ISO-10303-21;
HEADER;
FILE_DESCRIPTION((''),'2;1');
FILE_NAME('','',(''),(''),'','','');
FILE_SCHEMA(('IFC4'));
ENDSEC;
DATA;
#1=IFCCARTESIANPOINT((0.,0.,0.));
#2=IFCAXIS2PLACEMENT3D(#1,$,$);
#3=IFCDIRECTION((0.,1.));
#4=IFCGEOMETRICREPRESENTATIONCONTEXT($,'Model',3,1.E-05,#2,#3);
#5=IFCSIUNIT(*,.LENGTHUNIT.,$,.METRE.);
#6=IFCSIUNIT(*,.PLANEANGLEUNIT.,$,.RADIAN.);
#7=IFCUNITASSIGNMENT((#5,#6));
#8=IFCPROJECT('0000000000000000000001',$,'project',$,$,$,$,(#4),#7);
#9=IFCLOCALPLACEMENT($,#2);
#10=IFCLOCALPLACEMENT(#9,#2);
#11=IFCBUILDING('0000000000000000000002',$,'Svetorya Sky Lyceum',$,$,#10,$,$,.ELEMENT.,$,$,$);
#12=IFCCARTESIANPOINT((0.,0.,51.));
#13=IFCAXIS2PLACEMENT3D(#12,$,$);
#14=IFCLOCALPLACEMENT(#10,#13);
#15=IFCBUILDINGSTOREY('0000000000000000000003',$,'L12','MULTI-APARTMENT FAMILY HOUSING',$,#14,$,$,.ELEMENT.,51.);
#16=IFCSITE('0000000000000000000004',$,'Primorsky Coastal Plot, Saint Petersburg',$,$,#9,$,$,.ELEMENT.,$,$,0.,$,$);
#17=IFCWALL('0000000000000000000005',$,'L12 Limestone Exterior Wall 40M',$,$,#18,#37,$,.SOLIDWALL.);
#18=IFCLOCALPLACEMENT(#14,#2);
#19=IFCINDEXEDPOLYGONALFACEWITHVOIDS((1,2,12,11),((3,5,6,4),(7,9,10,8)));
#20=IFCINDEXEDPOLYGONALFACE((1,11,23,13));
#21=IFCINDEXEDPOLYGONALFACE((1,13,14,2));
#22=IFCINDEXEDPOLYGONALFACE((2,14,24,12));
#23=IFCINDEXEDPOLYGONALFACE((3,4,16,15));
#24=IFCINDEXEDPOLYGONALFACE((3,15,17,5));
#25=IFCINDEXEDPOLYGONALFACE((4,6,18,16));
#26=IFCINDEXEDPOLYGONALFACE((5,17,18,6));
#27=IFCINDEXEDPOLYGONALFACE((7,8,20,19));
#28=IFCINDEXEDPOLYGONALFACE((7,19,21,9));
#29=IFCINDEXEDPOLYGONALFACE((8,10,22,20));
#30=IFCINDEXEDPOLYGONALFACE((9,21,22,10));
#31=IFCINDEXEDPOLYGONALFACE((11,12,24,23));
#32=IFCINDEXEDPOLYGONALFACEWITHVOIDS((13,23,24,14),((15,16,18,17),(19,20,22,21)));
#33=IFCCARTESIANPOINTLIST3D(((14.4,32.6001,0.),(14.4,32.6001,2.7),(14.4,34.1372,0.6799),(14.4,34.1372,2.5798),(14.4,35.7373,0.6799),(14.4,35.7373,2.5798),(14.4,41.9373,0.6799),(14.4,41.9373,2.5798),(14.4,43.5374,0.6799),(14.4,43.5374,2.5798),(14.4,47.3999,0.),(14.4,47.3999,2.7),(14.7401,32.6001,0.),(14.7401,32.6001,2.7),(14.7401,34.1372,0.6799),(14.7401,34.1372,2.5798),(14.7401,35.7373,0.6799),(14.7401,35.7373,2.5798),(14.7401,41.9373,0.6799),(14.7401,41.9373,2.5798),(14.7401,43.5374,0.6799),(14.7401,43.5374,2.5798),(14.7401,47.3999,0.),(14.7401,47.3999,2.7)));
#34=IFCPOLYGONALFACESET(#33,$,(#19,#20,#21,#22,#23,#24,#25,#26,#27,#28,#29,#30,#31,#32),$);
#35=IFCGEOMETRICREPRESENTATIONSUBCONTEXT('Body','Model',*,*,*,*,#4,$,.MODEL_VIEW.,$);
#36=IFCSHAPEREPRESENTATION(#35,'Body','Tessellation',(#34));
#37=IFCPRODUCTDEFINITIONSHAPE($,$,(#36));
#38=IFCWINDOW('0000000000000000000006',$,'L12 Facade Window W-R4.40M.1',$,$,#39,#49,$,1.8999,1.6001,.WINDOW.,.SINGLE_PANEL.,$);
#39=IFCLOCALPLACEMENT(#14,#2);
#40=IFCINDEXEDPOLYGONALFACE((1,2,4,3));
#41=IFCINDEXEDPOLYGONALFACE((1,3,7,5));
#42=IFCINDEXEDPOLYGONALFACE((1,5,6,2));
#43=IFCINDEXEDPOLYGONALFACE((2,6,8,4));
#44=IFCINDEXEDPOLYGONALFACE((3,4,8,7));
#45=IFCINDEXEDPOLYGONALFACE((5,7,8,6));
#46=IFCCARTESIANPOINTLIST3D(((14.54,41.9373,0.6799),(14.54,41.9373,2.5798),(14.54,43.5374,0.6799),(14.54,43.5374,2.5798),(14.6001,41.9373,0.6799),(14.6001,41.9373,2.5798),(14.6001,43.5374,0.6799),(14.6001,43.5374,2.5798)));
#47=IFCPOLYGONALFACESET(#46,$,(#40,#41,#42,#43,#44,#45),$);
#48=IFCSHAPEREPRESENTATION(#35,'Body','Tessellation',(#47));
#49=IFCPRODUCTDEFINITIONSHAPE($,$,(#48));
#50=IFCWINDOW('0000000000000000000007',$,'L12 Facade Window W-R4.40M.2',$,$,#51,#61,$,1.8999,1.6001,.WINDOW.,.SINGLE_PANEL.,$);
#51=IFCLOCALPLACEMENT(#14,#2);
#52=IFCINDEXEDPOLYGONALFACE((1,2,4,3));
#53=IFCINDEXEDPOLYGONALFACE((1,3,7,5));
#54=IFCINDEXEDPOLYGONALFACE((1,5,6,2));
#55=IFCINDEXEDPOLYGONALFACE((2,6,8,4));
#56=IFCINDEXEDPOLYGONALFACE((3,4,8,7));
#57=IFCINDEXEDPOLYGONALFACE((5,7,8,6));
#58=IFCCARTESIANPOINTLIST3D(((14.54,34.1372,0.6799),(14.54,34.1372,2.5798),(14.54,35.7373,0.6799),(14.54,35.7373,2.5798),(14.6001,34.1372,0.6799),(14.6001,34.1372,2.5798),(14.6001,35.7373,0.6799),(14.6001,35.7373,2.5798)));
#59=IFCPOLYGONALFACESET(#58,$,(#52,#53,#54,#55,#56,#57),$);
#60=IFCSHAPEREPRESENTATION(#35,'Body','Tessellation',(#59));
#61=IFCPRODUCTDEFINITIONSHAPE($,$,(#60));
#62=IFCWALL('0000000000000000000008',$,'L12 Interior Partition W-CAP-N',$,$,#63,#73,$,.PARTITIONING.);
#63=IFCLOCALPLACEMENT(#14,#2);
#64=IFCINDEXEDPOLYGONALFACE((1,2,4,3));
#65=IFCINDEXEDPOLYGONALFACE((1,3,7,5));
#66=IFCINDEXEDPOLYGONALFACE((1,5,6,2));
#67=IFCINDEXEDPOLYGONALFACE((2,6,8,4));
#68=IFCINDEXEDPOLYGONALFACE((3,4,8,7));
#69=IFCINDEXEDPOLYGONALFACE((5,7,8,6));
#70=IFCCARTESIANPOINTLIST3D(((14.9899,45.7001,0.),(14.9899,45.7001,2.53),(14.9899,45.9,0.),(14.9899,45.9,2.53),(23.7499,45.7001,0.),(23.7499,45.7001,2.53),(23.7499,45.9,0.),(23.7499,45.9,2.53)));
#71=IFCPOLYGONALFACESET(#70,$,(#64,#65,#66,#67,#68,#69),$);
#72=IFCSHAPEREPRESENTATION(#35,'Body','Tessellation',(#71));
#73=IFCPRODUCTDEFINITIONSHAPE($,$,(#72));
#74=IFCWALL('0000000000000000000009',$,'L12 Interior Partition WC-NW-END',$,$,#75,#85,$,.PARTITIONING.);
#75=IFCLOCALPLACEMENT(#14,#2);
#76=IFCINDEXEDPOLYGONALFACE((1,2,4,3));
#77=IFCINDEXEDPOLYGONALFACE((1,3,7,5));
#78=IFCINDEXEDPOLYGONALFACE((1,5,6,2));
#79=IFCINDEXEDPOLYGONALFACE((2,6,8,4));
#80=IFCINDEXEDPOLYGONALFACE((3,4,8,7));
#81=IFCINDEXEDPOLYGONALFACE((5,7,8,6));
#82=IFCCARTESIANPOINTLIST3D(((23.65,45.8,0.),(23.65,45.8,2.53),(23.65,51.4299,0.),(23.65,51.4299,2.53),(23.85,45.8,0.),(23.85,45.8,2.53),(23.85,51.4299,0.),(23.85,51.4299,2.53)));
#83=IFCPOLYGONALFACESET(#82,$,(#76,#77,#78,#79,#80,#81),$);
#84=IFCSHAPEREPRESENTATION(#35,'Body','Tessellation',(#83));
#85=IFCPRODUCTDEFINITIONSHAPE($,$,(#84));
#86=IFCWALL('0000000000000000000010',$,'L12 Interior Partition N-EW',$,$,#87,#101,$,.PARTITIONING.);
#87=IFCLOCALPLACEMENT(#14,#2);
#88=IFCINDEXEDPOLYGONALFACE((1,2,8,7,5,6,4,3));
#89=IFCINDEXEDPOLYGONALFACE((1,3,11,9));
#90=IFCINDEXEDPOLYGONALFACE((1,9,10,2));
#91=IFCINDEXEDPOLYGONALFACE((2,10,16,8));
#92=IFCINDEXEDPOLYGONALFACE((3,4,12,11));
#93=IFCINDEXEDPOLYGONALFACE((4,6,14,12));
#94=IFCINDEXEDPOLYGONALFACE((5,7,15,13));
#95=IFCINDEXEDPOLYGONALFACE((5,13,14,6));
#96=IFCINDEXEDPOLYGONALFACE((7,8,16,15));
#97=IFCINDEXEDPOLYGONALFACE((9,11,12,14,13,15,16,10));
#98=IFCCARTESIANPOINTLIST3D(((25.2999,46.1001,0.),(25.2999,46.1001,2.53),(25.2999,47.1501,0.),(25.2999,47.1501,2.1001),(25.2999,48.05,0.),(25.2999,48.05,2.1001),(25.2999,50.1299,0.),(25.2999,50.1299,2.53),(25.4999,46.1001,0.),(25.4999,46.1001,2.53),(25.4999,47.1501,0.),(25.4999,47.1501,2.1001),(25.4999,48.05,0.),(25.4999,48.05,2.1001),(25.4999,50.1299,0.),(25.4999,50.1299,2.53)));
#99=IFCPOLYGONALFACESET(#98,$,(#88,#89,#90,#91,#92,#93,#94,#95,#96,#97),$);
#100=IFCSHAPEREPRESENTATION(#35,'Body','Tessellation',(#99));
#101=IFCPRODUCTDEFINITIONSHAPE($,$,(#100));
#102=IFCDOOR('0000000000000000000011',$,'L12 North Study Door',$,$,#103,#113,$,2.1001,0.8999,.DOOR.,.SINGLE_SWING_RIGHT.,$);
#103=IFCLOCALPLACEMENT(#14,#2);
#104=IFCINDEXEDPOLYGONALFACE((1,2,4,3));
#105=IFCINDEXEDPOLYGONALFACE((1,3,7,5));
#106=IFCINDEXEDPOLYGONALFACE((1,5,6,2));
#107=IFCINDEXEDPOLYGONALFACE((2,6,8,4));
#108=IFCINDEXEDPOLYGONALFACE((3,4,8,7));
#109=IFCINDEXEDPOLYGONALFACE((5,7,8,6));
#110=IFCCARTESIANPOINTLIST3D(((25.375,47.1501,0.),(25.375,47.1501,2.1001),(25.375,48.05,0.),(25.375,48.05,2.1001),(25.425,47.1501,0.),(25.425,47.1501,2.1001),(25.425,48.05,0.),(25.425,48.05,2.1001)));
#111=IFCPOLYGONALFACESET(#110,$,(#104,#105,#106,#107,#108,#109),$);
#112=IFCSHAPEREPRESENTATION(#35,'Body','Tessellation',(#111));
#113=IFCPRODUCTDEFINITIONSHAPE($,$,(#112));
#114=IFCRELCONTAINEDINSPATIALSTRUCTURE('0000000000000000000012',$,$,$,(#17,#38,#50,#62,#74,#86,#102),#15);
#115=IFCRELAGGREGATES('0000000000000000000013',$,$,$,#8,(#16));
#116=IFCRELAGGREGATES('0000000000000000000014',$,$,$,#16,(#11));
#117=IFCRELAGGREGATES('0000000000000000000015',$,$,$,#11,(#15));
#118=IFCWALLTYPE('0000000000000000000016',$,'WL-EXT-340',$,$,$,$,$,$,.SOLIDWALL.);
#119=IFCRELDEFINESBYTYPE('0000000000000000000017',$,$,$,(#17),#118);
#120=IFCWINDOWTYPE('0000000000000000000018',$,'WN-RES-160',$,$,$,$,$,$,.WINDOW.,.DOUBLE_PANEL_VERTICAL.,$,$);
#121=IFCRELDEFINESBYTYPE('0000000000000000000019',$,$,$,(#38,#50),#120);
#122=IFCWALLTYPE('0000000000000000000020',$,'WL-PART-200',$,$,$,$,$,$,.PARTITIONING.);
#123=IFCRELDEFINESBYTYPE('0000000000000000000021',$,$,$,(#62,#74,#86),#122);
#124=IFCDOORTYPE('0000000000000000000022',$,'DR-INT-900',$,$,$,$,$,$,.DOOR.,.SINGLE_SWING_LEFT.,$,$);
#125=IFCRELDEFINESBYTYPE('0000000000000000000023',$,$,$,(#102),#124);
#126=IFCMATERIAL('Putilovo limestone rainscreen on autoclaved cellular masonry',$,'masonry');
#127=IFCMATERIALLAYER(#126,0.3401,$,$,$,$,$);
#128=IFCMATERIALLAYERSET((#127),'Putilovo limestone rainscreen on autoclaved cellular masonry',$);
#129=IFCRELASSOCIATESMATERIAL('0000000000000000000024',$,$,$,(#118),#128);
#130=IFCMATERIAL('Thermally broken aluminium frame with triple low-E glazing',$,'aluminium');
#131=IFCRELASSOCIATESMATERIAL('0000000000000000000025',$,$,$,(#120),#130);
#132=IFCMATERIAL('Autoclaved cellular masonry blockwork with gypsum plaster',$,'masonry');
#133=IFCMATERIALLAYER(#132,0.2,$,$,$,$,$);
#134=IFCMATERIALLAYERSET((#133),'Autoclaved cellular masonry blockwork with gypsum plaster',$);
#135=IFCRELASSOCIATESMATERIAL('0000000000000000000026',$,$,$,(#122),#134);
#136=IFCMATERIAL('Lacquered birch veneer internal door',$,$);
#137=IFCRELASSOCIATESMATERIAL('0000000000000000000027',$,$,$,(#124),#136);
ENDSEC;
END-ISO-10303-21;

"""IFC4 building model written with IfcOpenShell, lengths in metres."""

from ifc_helpers import new_model, si_unit, direction, frame, frame_2d, origin, place, context, subcontext, project, spatial, rectangle, extrude, material, layer, layer_set, type_object, element, fill, save


model = new_model("IFC4")

# Units and contexts
model_context = context("Model", 3, precision=1e-05, world=origin(), true_north=direction((0.0, 1.0)))
body_context = subcontext(model_context, "Body", "Model", "MODEL_VIEW")
ifc_project = project(units=[si_unit("LENGTHUNIT", "METRE"), si_unit("PLANEANGLEUNIT", "RADIAN")], contexts=[model_context])

# Site, building, storey
site_placement = place(None, origin())
site = spatial("IfcSite", under=ifc_project, at=site_placement, Name="Primorsky Coastal Plot, Saint Petersburg", CompositionType="ELEMENT", RefElevation=0.0)
building_placement = place(site_placement, origin())
building = spatial("IfcBuilding", under=site, at=building_placement, Name="Svetorya Sky Lyceum", CompositionType="ELEMENT")
storey_placement = place(building_placement, frame((0.0, 0.0, 51.0)))
storey = spatial("IfcBuildingStorey", under=building, at=storey_placement, Name="L12", Description="MULTI-APARTMENT FAMILY HOUSING", CompositionType="ELEMENT", Elevation=51.0)

# Shared definitions
ifc_material_1 = material(Name="Putilovo limestone rainscreen on autoclaved cellular masonry", Category="masonry")
ifc_layer_1 = layer(ifc_material_1, 0.3401)
ifc_layer_set_1 = layer_set([ifc_layer_1], Name="Putilovo limestone rainscreen on autoclaved cellular masonry")
wall_type_1 = type_object("IfcWallType", Name="WL-EXT-340", PredefinedType="SOLIDWALL", material=ifc_layer_set_1)

# Wall, openings, windows
wall_1_placement = place(storey_placement, frame((14.5701, 47.3999, 0.0), z_axis=(0.0, 0.0, 1.0), x_axis=(0.0, -1.0, 0.0)))
wall_1 = element("IfcWall", 1, at=wall_1_placement, inside=storey, type_object=wall_type_1, Name="L12 Limestone Exterior Wall 40M", PredefinedType="SOLIDWALL", context=body_context, shape_type="SweptSolid", body=[
    extrude(rectangle(XDim=14.7998, YDim=0.3401, at=frame_2d((7.3999, 0.0))), origin(), (0.0, 0.0, 1.0), 2.7),
])
opening_1_placement = place(wall_1_placement, frame((3.8625, 0.0, 0.6799)))
opening_1 = element("IfcOpeningElement", 2, at=opening_1_placement, cuts=wall_1, PredefinedType="OPENING", context=body_context, shape_type="SweptSolid", body=[
    extrude(rectangle(XDim=1.6001, YDim=1.8999, at=frame_2d((0.8, 0.95))), frame((0.0, 0.1799, 0.0), z_axis=(0.0, -1.0, 0.0), x_axis=(1.0, 0.0, 0.0)), (0.0, 0.0, 1.0), 0.3601),
])
opening_2_placement = place(wall_1_placement, frame((11.6626, 0.0, 0.6799)))
opening_2 = element("IfcOpeningElement", 3, at=opening_2_placement, cuts=wall_1, PredefinedType="OPENING", context=body_context, shape_type="SweptSolid", body=[
    extrude(rectangle(XDim=1.6001, YDim=1.8999, at=frame_2d((0.8, 0.95))), frame((0.0, 0.1799, 0.0), z_axis=(0.0, -1.0, 0.0), x_axis=(1.0, 0.0, 0.0)), (0.0, 0.0, 1.0), 0.3601),
])
ifc_material_2 = material(Name="Thermally broken aluminium frame with triple low-E glazing", Category="aluminium")
window_type = type_object("IfcWindowType", Name="WN-RES-160", PartitioningType="DOUBLE_PANEL_VERTICAL", PredefinedType="WINDOW", material=ifc_material_2)
window_1_placement = place(opening_1_placement, origin())
window_1 = element("IfcWindow", 4, at=window_1_placement, inside=storey, type_object=window_type, Name="L12 Facade Window W-R4.40M.1", OverallHeight=1.8999, OverallWidth=1.6001, PartitioningType="SINGLE_PANEL", PredefinedType="WINDOW", context=body_context, shape_type="SweptSolid", body=[
    extrude(rectangle(XDim=1.6001, YDim=1.8999, at=frame_2d((0.8, 0.95))), frame((0.0, 0.03, 0.0), z_axis=(0.0, -1.0, 0.0), x_axis=(1.0, 0.0, 0.0)), (0.0, 0.0, 1.0), 0.0601),
])
fill(opening_1, window_1)
window_2_placement = place(opening_2_placement, origin())
window_2 = element("IfcWindow", 5, at=window_2_placement, inside=storey, type_object=window_type, Name="L12 Facade Window W-R4.40M.2", OverallHeight=1.8999, OverallWidth=1.6001, PartitioningType="SINGLE_PANEL", PredefinedType="WINDOW", context=body_context, shape_type="SweptSolid", body=[
    extrude(rectangle(XDim=1.6001, YDim=1.8999, at=frame_2d((0.8, 0.95))), frame((0.0, 0.03, 0.0), z_axis=(0.0, -1.0, 0.0), x_axis=(1.0, 0.0, 0.0)), (0.0, 0.0, 1.0), 0.0601),
])
fill(opening_2, window_2)

# Walls
ifc_material_3 = material(Name="Autoclaved cellular masonry blockwork with gypsum plaster", Category="masonry")
ifc_layer_2 = layer(ifc_material_3, 0.2)
ifc_layer_set_2 = layer_set([ifc_layer_2], Name="Autoclaved cellular masonry blockwork with gypsum plaster")
wall_type_2 = type_object("IfcWallType", Name="WL-PART-200", PredefinedType="PARTITIONING", material=ifc_layer_set_2)
wall_2_placement = place(storey_placement, frame((14.99, 45.8, 0.0), z_axis=(0.0, 0.0, 1.0), x_axis=(1.0, 0.0, 0.0)))
element("IfcWall", 6, at=wall_2_placement, inside=storey, type_object=wall_type_2, Name="L12 Interior Partition W-CAP-N", PredefinedType="PARTITIONING", context=body_context, shape_type="SweptSolid", body=[
    extrude(rectangle(XDim=8.76, YDim=0.2, at=frame_2d((4.3799, 0.0))), origin(), (0.0, 0.0, 1.0), 2.53),
])
wall_3_placement = place(storey_placement, frame((23.75, 45.8, 0.0), z_axis=(0.0, 0.0, 1.0), x_axis=(0.0, 1.0, 0.0)))
element("IfcWall", 7, at=wall_3_placement, inside=storey, type_object=wall_type_2, Name="L12 Interior Partition WC-NW-END", PredefinedType="PARTITIONING", context=body_context, shape_type="SweptSolid", body=[
    extrude(rectangle(XDim=5.6299, YDim=0.2, at=frame_2d((2.8149, 0.0))), origin(), (0.0, 0.0, 1.0), 2.53),
])

# Wall, opening, door
wall_4_placement = place(storey_placement, frame((25.3999, 46.1001, 0.0), z_axis=(0.0, 0.0, 1.0), x_axis=(0.0, 1.0, 0.0)))
wall_4 = element("IfcWall", 8, at=wall_4_placement, inside=storey, type_object=wall_type_2, Name="L12 Interior Partition N-EW", PredefinedType="PARTITIONING", context=body_context, shape_type="SweptSolid", body=[
    extrude(rectangle(XDim=4.0298, YDim=0.2, at=frame_2d((2.0149, 0.0))), origin(), (0.0, 0.0, 1.0), 2.53),
])
opening_3_placement = place(wall_4_placement, frame((1.05, 0.0, 0.0)))
opening_3 = element("IfcOpeningElement", 9, at=opening_3_placement, cuts=wall_4, PredefinedType="OPENING", context=body_context, shape_type="SweptSolid", body=[
    extrude(rectangle(XDim=0.8999, YDim=2.1001, at=frame_2d((0.45, 1.05))), frame((0.0, 0.1099, 0.0), z_axis=(0.0, -1.0, 0.0), x_axis=(1.0, 0.0, 0.0)), (0.0, 0.0, 1.0), 0.22),
])
ifc_material_4 = material(Name="Lacquered birch veneer internal door")
door_type = type_object("IfcDoorType", Name="DR-INT-900", OperationType="SINGLE_SWING_LEFT", PredefinedType="DOOR", material=ifc_material_4)
door_placement = place(opening_3_placement, origin())
door = element("IfcDoor", 10, at=door_placement, inside=storey, type_object=door_type, Name="L12 North Study Door", OperationType="SINGLE_SWING_RIGHT", OverallHeight=2.1001, OverallWidth=0.8999, PredefinedType="DOOR", context=body_context, shape_type="SweptSolid", body=[
    extrude(rectangle(XDim=0.8999, YDim=2.1001, at=frame_2d((0.45, 1.05))), frame((0.0, 0.0249, 0.0), z_axis=(0.0, -1.0, 0.0), x_axis=(1.0, 0.0, 0.0)), (0.0, 0.0, 1.0), 0.05),
])
fill(opening_3, door)

save(model, "model.ifc")
